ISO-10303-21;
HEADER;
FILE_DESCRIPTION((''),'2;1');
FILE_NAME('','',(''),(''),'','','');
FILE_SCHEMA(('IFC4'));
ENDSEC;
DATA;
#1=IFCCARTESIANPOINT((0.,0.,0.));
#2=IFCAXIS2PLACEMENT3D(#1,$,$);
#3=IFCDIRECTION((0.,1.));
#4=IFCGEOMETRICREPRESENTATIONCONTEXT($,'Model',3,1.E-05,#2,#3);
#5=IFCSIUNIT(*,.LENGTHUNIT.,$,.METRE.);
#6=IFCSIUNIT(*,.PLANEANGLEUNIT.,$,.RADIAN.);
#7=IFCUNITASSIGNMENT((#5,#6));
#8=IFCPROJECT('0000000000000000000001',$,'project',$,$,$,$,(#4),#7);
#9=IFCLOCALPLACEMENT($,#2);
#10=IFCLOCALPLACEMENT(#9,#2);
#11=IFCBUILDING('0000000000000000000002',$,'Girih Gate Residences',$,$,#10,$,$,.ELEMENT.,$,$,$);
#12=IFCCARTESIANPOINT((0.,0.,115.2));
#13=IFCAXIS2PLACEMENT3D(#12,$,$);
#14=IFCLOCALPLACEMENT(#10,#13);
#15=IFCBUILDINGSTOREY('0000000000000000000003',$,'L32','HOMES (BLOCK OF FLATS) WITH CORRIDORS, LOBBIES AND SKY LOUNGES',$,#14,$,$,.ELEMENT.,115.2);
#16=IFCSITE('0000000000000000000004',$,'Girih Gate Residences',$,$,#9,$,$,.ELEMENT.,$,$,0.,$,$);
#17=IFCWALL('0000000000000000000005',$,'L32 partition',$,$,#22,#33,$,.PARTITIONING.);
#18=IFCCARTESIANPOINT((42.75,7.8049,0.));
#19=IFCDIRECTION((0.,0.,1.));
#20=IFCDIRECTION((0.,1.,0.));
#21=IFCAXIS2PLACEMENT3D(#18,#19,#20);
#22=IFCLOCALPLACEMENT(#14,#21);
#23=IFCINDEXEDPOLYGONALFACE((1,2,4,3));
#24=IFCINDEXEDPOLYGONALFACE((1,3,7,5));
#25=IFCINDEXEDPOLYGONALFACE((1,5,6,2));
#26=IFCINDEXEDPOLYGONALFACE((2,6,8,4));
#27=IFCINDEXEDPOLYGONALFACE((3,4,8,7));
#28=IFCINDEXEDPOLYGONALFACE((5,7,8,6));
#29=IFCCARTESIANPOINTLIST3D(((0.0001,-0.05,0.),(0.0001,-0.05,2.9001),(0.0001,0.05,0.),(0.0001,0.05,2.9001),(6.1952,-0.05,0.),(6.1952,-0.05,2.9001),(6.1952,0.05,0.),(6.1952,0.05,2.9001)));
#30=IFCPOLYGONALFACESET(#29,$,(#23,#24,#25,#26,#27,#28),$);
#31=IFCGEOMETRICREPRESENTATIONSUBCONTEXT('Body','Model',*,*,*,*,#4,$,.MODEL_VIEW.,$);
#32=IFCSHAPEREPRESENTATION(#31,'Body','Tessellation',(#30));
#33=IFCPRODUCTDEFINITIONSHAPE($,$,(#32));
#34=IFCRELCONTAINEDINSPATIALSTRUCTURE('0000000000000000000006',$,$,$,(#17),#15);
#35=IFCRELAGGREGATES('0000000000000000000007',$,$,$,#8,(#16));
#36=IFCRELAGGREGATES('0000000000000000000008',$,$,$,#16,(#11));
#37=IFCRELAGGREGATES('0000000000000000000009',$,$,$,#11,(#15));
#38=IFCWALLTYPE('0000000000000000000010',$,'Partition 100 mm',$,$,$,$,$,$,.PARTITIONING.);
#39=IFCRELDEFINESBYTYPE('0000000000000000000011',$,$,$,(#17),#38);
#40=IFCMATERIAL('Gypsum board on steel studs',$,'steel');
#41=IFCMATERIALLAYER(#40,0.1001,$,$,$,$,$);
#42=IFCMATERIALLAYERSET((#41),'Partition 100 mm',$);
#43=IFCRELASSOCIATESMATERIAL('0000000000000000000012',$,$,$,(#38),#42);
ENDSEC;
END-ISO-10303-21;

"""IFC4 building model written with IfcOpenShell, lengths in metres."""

from ifc_helpers import new_model, si_unit, direction, frame, frame_2d, origin, place, context, subcontext, project, spatial, rectangle, extrude, material, layer, layer_set, type_object, element, save


model = new_model("IFC4")

# Units and contexts
model_context = context("Model", 3, precision=1e-05, world=origin(), true_north=direction((0.0, 1.0)))
body_context = subcontext(model_context, "Body", "Model", "MODEL_VIEW")
ifc_project = project(units=[si_unit("LENGTHUNIT", "METRE"), si_unit("PLANEANGLEUNIT", "RADIAN")], contexts=[model_context])

# Site, building, storey
site_placement = place(None, origin())
site = spatial("IfcSite", under=ifc_project, at=site_placement, Name="Girih Gate Residences", CompositionType="ELEMENT", RefElevation=0.0)
building_placement = place(site_placement, origin())
building = spatial("IfcBuilding", under=site, at=building_placement, Name="Girih Gate Residences", CompositionType="ELEMENT")
storey_placement = place(building_placement, frame((0.0, 0.0, 115.2)))
storey = spatial("IfcBuildingStorey", under=building, at=storey_placement, Name="L32", Description="HOMES (BLOCK OF FLATS) WITH CORRIDORS, LOBBIES AND SKY LOUNGES", CompositionType="ELEMENT", Elevation=115.2)

# Shared definitions
ifc_material_1 = material(Name="Gypsum board on steel studs", Category="steel")
ifc_layer_1 = layer(ifc_material_1, 0.1001)
ifc_layer_set_1 = layer_set([ifc_layer_1], Name="Partition 100 mm")
wall_type_1 = type_object("IfcWallType", Name="Partition 100 mm", PredefinedType="PARTITIONING", material=ifc_layer_set_1)

# Wall
wall_1_placement = place(storey_placement, frame((42.75, 7.8049, 0.0), z_axis=(0.0, 0.0, 1.0), x_axis=(0.0, 1.0, 0.0)))
element("IfcWall", 1, at=wall_1_placement, inside=storey, type_object=wall_type_1, Name="L32 partition", PredefinedType="PARTITIONING", context=body_context, shape_type="SweptSolid", body=[
    extrude(rectangle(XDim=6.1951, YDim=0.1001, at=frame_2d((3.0977, 0.0))), origin(), (0.0, 0.0, 1.0), 2.9001),
])

save(model, "model.ifc")
